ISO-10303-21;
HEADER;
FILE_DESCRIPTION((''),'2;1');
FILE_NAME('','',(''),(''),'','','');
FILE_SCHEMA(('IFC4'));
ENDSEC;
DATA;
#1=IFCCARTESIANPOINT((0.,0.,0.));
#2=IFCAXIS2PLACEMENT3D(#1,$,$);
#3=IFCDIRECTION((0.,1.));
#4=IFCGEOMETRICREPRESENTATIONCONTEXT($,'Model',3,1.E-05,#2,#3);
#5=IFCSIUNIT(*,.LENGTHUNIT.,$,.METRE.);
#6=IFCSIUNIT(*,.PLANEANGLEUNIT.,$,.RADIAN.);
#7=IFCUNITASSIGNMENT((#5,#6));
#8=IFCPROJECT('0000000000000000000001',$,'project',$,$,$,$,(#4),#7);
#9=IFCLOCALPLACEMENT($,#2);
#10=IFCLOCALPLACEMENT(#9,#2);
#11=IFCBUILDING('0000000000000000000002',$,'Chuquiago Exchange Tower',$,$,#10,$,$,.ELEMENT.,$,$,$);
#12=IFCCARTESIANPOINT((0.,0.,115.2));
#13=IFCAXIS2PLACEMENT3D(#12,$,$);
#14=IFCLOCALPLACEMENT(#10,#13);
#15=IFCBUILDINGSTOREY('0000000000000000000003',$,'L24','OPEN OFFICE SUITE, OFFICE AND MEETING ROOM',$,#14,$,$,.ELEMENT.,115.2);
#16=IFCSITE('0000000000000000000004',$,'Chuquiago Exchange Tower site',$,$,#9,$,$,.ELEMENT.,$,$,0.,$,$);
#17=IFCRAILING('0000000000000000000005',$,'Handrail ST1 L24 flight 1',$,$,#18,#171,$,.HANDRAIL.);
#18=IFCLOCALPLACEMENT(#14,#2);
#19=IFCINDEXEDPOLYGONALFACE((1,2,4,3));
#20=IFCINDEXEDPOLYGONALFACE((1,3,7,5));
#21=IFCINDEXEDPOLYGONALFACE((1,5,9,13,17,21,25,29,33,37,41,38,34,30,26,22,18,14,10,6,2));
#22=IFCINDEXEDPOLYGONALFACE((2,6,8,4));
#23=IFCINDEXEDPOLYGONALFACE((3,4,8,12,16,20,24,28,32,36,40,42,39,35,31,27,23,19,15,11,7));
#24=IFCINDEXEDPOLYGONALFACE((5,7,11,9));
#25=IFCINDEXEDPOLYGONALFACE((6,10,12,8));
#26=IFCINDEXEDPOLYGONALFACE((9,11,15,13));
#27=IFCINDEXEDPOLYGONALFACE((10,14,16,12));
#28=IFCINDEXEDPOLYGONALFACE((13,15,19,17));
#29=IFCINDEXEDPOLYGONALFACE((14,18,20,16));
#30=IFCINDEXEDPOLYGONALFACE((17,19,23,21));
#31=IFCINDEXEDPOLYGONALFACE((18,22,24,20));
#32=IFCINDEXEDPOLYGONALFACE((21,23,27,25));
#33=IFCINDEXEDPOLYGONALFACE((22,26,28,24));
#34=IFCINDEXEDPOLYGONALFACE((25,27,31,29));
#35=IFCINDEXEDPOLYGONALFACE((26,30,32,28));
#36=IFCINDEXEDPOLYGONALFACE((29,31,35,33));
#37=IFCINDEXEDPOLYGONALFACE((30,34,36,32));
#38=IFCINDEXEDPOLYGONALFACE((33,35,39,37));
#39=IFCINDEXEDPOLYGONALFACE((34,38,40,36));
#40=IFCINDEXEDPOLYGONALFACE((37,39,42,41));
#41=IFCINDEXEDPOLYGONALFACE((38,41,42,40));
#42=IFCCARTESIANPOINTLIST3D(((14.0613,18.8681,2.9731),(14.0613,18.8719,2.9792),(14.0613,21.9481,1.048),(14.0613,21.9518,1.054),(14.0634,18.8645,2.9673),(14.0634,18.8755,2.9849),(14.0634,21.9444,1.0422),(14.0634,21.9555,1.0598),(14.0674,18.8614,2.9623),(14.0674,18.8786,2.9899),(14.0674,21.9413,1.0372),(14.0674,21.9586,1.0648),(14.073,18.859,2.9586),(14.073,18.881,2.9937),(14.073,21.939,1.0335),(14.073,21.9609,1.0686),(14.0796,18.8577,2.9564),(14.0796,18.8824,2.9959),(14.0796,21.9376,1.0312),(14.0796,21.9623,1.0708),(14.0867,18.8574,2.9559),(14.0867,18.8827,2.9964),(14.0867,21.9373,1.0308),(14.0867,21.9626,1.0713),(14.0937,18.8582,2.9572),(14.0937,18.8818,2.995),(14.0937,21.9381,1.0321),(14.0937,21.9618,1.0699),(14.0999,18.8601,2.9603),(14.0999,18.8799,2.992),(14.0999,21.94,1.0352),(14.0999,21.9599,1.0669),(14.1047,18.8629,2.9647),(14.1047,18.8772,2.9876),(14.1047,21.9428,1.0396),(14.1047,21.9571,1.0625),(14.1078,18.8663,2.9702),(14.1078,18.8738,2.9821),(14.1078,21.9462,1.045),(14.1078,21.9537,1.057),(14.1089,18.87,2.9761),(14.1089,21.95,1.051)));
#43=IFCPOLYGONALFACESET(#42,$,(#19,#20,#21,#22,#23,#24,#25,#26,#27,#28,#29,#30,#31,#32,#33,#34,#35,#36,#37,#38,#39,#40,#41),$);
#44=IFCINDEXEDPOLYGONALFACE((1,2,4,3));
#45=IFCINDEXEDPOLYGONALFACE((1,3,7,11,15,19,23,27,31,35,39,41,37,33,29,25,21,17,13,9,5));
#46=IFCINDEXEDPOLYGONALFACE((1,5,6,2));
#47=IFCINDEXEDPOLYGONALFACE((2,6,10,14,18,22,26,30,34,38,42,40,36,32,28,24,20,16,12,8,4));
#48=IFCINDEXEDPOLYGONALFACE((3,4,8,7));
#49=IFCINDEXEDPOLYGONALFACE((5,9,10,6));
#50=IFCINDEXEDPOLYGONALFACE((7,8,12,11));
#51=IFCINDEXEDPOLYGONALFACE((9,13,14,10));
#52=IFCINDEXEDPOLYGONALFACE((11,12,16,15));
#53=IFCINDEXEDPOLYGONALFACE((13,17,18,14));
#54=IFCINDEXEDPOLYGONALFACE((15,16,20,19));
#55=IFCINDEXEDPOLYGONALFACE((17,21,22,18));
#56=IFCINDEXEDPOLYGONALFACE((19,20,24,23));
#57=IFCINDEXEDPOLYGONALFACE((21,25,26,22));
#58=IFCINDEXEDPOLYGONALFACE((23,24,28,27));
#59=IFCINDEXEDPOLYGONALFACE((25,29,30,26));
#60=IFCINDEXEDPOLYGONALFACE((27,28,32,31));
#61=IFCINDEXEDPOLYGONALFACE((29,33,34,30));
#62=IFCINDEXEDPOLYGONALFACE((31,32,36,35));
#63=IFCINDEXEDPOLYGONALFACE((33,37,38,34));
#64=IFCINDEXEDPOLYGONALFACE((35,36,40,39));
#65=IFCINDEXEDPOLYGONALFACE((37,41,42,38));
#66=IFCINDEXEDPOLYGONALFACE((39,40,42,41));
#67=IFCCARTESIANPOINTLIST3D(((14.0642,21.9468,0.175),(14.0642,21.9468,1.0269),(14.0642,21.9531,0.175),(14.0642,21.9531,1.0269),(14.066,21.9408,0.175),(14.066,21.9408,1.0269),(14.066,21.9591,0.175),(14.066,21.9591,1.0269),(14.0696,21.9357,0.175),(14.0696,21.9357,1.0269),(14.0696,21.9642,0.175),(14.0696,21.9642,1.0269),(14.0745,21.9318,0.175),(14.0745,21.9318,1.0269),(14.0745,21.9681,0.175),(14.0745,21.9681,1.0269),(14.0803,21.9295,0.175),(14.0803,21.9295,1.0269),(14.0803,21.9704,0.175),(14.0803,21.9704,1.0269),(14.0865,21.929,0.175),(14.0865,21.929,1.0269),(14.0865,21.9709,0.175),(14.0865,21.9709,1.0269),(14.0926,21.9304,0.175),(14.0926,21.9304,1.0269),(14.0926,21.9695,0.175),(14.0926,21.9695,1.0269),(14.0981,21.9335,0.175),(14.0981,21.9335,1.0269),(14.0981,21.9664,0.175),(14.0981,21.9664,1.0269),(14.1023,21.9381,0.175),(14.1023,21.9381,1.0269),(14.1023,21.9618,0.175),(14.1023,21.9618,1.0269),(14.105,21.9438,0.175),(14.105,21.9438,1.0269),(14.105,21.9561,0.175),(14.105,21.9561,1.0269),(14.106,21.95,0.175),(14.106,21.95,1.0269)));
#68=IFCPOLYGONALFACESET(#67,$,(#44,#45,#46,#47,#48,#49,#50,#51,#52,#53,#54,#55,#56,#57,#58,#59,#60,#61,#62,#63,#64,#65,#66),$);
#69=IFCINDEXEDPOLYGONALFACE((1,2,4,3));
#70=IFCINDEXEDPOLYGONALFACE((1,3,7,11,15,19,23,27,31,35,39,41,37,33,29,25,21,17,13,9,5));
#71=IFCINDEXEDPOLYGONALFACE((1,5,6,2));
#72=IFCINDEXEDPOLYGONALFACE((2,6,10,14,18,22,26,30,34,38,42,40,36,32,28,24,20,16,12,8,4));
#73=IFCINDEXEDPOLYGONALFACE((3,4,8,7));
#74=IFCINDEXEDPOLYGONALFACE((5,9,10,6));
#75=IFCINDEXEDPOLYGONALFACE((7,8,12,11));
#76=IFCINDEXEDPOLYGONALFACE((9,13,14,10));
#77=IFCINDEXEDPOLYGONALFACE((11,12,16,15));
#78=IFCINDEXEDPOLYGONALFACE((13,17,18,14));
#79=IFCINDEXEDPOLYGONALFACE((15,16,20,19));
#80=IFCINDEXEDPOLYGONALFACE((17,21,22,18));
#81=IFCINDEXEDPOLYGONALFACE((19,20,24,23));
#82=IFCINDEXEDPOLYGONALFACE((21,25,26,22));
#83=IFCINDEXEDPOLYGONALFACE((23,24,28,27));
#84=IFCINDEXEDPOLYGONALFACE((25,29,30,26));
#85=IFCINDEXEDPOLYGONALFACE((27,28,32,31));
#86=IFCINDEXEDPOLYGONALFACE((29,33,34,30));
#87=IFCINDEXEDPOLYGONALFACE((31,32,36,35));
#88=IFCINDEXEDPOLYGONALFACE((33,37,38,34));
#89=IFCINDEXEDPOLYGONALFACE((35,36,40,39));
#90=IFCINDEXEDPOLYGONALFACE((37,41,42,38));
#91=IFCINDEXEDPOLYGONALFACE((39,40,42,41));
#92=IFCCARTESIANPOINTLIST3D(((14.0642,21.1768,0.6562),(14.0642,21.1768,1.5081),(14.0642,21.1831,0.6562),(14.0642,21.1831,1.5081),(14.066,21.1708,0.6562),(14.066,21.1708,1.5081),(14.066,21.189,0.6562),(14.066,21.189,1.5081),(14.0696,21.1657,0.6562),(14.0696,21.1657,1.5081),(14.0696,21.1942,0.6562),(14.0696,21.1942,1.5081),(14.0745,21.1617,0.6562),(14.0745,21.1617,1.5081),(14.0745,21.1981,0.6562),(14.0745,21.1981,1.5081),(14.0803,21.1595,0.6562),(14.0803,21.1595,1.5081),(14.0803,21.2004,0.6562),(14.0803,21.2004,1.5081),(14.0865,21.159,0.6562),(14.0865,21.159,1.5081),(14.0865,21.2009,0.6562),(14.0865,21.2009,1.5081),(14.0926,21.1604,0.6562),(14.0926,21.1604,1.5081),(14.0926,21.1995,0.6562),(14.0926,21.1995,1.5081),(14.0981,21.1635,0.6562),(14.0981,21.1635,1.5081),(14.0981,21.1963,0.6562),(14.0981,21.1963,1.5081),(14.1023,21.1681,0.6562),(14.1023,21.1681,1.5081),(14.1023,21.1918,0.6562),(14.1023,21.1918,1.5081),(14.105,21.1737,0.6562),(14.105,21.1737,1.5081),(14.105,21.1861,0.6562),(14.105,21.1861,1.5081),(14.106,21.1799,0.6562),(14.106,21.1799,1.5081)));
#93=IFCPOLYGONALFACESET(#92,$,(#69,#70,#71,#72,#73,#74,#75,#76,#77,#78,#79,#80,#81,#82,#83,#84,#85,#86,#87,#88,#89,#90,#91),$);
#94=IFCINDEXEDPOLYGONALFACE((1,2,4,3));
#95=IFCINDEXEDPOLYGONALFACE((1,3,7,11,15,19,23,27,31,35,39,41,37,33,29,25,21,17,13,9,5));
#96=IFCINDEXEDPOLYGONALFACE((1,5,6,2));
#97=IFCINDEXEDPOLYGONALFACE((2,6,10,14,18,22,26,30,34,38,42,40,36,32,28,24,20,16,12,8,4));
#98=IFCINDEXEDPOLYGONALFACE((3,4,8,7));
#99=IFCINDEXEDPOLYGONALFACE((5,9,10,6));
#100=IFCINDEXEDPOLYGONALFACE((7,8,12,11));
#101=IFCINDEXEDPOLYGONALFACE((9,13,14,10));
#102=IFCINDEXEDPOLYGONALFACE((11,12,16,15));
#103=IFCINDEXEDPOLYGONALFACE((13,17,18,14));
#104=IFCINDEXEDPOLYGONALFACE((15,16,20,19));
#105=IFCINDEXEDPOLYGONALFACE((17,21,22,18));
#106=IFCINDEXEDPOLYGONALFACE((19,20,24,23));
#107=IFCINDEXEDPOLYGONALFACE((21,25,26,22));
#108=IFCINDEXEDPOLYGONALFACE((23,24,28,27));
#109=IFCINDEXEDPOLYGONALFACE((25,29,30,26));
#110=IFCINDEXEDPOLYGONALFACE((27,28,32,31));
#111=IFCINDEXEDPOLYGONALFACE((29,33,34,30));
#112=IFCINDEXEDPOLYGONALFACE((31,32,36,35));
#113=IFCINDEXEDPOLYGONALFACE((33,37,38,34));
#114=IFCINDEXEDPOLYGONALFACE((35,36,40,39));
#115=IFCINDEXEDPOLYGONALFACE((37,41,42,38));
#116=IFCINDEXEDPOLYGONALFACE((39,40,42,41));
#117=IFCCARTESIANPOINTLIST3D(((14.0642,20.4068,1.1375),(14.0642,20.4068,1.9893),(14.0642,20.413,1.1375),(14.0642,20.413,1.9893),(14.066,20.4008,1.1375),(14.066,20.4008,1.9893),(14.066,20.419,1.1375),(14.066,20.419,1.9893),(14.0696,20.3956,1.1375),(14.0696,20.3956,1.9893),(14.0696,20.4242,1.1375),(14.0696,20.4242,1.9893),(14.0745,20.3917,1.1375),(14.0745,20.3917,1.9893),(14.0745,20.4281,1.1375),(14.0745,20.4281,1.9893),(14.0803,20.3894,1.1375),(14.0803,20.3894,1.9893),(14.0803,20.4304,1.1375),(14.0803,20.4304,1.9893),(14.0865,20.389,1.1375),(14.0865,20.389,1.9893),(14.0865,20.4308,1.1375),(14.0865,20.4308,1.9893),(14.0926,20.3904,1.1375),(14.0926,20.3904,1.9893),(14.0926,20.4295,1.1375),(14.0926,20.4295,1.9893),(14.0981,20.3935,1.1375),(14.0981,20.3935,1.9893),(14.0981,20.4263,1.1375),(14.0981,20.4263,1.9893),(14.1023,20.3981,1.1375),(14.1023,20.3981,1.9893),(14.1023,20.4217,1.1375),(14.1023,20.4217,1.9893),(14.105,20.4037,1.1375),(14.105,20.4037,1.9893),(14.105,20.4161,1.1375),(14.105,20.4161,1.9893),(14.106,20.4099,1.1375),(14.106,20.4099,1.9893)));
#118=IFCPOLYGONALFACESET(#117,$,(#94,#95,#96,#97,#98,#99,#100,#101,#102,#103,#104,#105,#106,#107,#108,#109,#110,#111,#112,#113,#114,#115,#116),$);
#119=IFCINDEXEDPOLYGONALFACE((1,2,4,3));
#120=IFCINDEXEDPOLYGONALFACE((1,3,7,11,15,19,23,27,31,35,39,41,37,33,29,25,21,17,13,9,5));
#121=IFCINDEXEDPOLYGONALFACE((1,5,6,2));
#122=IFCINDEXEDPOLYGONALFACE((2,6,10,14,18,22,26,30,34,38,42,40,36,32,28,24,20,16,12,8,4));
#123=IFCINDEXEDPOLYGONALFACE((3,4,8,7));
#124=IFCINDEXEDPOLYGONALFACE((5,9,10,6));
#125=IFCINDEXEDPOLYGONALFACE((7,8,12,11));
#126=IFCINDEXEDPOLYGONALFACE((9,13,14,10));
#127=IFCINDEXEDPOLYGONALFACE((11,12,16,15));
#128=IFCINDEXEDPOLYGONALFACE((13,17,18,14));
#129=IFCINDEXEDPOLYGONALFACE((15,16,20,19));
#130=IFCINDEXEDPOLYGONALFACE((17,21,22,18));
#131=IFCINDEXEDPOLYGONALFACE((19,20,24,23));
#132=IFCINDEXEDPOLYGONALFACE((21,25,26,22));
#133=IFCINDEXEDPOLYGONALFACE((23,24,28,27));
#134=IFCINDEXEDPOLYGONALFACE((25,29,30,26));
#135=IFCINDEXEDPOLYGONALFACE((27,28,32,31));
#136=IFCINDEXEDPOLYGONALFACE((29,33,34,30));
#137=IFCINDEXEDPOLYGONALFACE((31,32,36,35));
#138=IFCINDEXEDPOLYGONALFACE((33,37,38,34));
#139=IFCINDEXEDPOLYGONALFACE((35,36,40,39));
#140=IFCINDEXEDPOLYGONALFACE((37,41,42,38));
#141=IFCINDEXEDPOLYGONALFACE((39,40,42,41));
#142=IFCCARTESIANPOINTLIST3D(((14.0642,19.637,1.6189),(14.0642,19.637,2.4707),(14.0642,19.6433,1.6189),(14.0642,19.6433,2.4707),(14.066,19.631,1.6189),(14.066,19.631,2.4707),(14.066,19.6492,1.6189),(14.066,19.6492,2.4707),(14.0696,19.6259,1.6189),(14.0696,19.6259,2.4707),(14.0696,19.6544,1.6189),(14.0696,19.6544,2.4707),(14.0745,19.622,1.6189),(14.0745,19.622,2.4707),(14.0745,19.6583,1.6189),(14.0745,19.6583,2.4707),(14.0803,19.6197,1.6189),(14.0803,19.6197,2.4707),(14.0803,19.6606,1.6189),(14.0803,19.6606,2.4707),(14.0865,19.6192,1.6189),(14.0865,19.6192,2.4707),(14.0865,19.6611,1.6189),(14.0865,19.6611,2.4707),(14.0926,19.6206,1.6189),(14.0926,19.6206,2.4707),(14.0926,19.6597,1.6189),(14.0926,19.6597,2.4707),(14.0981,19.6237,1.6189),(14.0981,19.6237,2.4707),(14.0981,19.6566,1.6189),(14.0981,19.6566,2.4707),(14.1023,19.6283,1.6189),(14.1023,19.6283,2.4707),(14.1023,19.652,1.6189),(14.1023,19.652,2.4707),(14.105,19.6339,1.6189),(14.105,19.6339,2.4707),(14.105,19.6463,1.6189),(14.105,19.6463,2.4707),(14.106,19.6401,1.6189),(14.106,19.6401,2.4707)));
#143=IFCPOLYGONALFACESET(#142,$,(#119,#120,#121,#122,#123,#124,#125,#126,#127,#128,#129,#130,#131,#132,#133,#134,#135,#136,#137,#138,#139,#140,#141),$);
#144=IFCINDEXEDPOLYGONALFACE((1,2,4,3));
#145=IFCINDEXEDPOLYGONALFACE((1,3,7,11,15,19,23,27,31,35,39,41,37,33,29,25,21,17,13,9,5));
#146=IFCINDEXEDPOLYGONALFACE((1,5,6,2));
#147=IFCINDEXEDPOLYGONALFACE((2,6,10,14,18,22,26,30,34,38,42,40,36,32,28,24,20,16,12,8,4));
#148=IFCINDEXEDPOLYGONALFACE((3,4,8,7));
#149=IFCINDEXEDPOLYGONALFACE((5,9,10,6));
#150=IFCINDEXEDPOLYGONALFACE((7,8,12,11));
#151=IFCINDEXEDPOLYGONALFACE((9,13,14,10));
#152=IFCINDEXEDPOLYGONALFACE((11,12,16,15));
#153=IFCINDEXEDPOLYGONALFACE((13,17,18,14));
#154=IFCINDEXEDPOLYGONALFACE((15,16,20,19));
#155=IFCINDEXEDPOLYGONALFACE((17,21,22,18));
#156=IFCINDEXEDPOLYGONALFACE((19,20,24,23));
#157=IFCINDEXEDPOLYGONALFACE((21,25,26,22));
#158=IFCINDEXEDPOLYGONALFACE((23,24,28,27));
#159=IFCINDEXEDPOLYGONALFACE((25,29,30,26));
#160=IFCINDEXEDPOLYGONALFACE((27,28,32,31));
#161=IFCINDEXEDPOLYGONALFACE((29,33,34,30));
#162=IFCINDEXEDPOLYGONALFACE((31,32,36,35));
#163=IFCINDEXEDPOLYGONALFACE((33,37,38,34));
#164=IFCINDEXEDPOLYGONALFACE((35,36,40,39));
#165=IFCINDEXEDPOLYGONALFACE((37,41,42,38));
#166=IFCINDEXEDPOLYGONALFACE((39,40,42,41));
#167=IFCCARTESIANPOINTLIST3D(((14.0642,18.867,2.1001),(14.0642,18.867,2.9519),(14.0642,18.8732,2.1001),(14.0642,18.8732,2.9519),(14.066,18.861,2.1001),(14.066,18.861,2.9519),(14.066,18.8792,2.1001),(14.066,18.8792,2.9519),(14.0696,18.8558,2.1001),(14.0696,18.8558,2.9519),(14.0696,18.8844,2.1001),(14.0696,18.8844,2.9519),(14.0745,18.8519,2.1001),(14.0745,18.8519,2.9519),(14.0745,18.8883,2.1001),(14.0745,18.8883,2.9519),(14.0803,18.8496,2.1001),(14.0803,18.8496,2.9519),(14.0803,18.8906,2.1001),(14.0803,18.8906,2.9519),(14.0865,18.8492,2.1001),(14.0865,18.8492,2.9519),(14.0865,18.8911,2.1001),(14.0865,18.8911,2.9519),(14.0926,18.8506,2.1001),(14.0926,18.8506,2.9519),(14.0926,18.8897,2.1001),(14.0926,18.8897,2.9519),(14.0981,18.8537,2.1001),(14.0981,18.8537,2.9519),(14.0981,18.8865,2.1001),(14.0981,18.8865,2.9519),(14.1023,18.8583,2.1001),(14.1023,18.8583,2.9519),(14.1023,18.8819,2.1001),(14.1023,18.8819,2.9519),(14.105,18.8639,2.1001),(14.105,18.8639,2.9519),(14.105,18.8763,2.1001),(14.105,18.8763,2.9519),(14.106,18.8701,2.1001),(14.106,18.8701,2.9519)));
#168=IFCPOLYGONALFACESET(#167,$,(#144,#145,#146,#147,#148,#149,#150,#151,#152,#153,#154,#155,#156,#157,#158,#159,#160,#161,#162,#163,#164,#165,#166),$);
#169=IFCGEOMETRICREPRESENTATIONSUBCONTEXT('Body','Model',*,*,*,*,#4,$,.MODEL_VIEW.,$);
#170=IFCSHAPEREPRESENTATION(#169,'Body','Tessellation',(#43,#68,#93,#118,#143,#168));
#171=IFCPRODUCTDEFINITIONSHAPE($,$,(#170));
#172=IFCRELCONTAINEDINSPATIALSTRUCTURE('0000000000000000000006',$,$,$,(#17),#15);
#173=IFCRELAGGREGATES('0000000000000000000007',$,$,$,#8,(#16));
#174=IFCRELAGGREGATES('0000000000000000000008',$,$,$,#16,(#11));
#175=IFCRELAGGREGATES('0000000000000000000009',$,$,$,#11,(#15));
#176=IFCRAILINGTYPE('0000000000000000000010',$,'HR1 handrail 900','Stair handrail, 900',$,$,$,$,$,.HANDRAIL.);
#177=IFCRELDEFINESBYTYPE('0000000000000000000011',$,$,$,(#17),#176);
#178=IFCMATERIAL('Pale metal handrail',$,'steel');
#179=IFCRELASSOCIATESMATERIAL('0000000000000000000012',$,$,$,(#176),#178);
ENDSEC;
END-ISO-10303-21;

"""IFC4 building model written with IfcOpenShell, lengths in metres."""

from ifc_helpers import new_model, si_unit, direction, frame, origin, origin_2d, place, context, subcontext, project, spatial, circle, extrude, material, type_object, element, save


model = new_model("IFC4")

# Units and contexts
model_context = context("Model", 3, precision=1e-05, world=origin(), true_north=direction((0.0, 1.0)))
body_context = subcontext(model_context, "Body", "Model", "MODEL_VIEW")
ifc_project = project(units=[si_unit("LENGTHUNIT", "METRE"), si_unit("PLANEANGLEUNIT", "RADIAN")], contexts=[model_context])

# Site, building, storey
site_placement = place(None, origin())
site = spatial("IfcSite", under=ifc_project, at=site_placement, Name="Chuquiago Exchange Tower site", CompositionType="ELEMENT", RefElevation=0.0)
building_placement = place(site_placement, origin())
building = spatial("IfcBuilding", under=site, at=building_placement, Name="Chuquiago Exchange Tower", CompositionType="ELEMENT")
storey_placement = place(building_placement, frame((0.0, 0.0, 115.2)))
storey = spatial("IfcBuildingStorey", under=building, at=storey_placement, Name="L24", Description="OPEN OFFICE SUITE, OFFICE AND MEETING ROOM", CompositionType="ELEMENT", Elevation=115.2)

# Railing
ifc_material_1 = material(Name="Pale metal handrail", Category="steel")
railing_type_1 = type_object("IfcRailingType", Name="HR1 handrail 900", Description="Stair handrail, 900", PredefinedType="HANDRAIL", material=ifc_material_1)
for number, where, name in (
    (1, (14.085, 21.95, 0.175), "Handrail ST1 L24 flight 1"),
):
    element("IfcRailing", number, at=place(storey_placement, frame(where)), inside=storey, type_object=railing_type_1, Name=name, PredefinedType="HANDRAIL", context=body_context, shape_type="SweptSolid", body=[
        extrude(circle(Radius=0.0239, at=origin_2d()), frame((0.0, 0.0, 0.876), z_axis=(0.0, -0.847979, 0.530029), x_axis=(1.0, 0.0, 0.0)), (0.0, 0.0, 1.0), 3.6321),
        extrude(circle(Radius=0.021, at=origin_2d()), origin(), (0.0, 0.0, 1.0), 0.8518),
        extrude(circle(Radius=0.021, at=origin_2d()), frame((0.0, -0.77, 0.4812)), (0.0, 0.0, 1.0), 0.8518),
        extrude(circle(Radius=0.021, at=origin_2d()), frame((0.0, -1.54, 0.9624)), (0.0, 0.0, 1.0), 0.8518),
        extrude(circle(Radius=0.021, at=origin_2d()), frame((0.0, -2.3098, 1.4438)), (0.0, 0.0, 1.0), 0.8518),
        extrude(circle(Radius=0.021, at=origin_2d()), frame((0.0, -3.0798, 1.925)), (0.0, 0.0, 1.0), 0.8518),
    ])

save(model, "model.ifc")
